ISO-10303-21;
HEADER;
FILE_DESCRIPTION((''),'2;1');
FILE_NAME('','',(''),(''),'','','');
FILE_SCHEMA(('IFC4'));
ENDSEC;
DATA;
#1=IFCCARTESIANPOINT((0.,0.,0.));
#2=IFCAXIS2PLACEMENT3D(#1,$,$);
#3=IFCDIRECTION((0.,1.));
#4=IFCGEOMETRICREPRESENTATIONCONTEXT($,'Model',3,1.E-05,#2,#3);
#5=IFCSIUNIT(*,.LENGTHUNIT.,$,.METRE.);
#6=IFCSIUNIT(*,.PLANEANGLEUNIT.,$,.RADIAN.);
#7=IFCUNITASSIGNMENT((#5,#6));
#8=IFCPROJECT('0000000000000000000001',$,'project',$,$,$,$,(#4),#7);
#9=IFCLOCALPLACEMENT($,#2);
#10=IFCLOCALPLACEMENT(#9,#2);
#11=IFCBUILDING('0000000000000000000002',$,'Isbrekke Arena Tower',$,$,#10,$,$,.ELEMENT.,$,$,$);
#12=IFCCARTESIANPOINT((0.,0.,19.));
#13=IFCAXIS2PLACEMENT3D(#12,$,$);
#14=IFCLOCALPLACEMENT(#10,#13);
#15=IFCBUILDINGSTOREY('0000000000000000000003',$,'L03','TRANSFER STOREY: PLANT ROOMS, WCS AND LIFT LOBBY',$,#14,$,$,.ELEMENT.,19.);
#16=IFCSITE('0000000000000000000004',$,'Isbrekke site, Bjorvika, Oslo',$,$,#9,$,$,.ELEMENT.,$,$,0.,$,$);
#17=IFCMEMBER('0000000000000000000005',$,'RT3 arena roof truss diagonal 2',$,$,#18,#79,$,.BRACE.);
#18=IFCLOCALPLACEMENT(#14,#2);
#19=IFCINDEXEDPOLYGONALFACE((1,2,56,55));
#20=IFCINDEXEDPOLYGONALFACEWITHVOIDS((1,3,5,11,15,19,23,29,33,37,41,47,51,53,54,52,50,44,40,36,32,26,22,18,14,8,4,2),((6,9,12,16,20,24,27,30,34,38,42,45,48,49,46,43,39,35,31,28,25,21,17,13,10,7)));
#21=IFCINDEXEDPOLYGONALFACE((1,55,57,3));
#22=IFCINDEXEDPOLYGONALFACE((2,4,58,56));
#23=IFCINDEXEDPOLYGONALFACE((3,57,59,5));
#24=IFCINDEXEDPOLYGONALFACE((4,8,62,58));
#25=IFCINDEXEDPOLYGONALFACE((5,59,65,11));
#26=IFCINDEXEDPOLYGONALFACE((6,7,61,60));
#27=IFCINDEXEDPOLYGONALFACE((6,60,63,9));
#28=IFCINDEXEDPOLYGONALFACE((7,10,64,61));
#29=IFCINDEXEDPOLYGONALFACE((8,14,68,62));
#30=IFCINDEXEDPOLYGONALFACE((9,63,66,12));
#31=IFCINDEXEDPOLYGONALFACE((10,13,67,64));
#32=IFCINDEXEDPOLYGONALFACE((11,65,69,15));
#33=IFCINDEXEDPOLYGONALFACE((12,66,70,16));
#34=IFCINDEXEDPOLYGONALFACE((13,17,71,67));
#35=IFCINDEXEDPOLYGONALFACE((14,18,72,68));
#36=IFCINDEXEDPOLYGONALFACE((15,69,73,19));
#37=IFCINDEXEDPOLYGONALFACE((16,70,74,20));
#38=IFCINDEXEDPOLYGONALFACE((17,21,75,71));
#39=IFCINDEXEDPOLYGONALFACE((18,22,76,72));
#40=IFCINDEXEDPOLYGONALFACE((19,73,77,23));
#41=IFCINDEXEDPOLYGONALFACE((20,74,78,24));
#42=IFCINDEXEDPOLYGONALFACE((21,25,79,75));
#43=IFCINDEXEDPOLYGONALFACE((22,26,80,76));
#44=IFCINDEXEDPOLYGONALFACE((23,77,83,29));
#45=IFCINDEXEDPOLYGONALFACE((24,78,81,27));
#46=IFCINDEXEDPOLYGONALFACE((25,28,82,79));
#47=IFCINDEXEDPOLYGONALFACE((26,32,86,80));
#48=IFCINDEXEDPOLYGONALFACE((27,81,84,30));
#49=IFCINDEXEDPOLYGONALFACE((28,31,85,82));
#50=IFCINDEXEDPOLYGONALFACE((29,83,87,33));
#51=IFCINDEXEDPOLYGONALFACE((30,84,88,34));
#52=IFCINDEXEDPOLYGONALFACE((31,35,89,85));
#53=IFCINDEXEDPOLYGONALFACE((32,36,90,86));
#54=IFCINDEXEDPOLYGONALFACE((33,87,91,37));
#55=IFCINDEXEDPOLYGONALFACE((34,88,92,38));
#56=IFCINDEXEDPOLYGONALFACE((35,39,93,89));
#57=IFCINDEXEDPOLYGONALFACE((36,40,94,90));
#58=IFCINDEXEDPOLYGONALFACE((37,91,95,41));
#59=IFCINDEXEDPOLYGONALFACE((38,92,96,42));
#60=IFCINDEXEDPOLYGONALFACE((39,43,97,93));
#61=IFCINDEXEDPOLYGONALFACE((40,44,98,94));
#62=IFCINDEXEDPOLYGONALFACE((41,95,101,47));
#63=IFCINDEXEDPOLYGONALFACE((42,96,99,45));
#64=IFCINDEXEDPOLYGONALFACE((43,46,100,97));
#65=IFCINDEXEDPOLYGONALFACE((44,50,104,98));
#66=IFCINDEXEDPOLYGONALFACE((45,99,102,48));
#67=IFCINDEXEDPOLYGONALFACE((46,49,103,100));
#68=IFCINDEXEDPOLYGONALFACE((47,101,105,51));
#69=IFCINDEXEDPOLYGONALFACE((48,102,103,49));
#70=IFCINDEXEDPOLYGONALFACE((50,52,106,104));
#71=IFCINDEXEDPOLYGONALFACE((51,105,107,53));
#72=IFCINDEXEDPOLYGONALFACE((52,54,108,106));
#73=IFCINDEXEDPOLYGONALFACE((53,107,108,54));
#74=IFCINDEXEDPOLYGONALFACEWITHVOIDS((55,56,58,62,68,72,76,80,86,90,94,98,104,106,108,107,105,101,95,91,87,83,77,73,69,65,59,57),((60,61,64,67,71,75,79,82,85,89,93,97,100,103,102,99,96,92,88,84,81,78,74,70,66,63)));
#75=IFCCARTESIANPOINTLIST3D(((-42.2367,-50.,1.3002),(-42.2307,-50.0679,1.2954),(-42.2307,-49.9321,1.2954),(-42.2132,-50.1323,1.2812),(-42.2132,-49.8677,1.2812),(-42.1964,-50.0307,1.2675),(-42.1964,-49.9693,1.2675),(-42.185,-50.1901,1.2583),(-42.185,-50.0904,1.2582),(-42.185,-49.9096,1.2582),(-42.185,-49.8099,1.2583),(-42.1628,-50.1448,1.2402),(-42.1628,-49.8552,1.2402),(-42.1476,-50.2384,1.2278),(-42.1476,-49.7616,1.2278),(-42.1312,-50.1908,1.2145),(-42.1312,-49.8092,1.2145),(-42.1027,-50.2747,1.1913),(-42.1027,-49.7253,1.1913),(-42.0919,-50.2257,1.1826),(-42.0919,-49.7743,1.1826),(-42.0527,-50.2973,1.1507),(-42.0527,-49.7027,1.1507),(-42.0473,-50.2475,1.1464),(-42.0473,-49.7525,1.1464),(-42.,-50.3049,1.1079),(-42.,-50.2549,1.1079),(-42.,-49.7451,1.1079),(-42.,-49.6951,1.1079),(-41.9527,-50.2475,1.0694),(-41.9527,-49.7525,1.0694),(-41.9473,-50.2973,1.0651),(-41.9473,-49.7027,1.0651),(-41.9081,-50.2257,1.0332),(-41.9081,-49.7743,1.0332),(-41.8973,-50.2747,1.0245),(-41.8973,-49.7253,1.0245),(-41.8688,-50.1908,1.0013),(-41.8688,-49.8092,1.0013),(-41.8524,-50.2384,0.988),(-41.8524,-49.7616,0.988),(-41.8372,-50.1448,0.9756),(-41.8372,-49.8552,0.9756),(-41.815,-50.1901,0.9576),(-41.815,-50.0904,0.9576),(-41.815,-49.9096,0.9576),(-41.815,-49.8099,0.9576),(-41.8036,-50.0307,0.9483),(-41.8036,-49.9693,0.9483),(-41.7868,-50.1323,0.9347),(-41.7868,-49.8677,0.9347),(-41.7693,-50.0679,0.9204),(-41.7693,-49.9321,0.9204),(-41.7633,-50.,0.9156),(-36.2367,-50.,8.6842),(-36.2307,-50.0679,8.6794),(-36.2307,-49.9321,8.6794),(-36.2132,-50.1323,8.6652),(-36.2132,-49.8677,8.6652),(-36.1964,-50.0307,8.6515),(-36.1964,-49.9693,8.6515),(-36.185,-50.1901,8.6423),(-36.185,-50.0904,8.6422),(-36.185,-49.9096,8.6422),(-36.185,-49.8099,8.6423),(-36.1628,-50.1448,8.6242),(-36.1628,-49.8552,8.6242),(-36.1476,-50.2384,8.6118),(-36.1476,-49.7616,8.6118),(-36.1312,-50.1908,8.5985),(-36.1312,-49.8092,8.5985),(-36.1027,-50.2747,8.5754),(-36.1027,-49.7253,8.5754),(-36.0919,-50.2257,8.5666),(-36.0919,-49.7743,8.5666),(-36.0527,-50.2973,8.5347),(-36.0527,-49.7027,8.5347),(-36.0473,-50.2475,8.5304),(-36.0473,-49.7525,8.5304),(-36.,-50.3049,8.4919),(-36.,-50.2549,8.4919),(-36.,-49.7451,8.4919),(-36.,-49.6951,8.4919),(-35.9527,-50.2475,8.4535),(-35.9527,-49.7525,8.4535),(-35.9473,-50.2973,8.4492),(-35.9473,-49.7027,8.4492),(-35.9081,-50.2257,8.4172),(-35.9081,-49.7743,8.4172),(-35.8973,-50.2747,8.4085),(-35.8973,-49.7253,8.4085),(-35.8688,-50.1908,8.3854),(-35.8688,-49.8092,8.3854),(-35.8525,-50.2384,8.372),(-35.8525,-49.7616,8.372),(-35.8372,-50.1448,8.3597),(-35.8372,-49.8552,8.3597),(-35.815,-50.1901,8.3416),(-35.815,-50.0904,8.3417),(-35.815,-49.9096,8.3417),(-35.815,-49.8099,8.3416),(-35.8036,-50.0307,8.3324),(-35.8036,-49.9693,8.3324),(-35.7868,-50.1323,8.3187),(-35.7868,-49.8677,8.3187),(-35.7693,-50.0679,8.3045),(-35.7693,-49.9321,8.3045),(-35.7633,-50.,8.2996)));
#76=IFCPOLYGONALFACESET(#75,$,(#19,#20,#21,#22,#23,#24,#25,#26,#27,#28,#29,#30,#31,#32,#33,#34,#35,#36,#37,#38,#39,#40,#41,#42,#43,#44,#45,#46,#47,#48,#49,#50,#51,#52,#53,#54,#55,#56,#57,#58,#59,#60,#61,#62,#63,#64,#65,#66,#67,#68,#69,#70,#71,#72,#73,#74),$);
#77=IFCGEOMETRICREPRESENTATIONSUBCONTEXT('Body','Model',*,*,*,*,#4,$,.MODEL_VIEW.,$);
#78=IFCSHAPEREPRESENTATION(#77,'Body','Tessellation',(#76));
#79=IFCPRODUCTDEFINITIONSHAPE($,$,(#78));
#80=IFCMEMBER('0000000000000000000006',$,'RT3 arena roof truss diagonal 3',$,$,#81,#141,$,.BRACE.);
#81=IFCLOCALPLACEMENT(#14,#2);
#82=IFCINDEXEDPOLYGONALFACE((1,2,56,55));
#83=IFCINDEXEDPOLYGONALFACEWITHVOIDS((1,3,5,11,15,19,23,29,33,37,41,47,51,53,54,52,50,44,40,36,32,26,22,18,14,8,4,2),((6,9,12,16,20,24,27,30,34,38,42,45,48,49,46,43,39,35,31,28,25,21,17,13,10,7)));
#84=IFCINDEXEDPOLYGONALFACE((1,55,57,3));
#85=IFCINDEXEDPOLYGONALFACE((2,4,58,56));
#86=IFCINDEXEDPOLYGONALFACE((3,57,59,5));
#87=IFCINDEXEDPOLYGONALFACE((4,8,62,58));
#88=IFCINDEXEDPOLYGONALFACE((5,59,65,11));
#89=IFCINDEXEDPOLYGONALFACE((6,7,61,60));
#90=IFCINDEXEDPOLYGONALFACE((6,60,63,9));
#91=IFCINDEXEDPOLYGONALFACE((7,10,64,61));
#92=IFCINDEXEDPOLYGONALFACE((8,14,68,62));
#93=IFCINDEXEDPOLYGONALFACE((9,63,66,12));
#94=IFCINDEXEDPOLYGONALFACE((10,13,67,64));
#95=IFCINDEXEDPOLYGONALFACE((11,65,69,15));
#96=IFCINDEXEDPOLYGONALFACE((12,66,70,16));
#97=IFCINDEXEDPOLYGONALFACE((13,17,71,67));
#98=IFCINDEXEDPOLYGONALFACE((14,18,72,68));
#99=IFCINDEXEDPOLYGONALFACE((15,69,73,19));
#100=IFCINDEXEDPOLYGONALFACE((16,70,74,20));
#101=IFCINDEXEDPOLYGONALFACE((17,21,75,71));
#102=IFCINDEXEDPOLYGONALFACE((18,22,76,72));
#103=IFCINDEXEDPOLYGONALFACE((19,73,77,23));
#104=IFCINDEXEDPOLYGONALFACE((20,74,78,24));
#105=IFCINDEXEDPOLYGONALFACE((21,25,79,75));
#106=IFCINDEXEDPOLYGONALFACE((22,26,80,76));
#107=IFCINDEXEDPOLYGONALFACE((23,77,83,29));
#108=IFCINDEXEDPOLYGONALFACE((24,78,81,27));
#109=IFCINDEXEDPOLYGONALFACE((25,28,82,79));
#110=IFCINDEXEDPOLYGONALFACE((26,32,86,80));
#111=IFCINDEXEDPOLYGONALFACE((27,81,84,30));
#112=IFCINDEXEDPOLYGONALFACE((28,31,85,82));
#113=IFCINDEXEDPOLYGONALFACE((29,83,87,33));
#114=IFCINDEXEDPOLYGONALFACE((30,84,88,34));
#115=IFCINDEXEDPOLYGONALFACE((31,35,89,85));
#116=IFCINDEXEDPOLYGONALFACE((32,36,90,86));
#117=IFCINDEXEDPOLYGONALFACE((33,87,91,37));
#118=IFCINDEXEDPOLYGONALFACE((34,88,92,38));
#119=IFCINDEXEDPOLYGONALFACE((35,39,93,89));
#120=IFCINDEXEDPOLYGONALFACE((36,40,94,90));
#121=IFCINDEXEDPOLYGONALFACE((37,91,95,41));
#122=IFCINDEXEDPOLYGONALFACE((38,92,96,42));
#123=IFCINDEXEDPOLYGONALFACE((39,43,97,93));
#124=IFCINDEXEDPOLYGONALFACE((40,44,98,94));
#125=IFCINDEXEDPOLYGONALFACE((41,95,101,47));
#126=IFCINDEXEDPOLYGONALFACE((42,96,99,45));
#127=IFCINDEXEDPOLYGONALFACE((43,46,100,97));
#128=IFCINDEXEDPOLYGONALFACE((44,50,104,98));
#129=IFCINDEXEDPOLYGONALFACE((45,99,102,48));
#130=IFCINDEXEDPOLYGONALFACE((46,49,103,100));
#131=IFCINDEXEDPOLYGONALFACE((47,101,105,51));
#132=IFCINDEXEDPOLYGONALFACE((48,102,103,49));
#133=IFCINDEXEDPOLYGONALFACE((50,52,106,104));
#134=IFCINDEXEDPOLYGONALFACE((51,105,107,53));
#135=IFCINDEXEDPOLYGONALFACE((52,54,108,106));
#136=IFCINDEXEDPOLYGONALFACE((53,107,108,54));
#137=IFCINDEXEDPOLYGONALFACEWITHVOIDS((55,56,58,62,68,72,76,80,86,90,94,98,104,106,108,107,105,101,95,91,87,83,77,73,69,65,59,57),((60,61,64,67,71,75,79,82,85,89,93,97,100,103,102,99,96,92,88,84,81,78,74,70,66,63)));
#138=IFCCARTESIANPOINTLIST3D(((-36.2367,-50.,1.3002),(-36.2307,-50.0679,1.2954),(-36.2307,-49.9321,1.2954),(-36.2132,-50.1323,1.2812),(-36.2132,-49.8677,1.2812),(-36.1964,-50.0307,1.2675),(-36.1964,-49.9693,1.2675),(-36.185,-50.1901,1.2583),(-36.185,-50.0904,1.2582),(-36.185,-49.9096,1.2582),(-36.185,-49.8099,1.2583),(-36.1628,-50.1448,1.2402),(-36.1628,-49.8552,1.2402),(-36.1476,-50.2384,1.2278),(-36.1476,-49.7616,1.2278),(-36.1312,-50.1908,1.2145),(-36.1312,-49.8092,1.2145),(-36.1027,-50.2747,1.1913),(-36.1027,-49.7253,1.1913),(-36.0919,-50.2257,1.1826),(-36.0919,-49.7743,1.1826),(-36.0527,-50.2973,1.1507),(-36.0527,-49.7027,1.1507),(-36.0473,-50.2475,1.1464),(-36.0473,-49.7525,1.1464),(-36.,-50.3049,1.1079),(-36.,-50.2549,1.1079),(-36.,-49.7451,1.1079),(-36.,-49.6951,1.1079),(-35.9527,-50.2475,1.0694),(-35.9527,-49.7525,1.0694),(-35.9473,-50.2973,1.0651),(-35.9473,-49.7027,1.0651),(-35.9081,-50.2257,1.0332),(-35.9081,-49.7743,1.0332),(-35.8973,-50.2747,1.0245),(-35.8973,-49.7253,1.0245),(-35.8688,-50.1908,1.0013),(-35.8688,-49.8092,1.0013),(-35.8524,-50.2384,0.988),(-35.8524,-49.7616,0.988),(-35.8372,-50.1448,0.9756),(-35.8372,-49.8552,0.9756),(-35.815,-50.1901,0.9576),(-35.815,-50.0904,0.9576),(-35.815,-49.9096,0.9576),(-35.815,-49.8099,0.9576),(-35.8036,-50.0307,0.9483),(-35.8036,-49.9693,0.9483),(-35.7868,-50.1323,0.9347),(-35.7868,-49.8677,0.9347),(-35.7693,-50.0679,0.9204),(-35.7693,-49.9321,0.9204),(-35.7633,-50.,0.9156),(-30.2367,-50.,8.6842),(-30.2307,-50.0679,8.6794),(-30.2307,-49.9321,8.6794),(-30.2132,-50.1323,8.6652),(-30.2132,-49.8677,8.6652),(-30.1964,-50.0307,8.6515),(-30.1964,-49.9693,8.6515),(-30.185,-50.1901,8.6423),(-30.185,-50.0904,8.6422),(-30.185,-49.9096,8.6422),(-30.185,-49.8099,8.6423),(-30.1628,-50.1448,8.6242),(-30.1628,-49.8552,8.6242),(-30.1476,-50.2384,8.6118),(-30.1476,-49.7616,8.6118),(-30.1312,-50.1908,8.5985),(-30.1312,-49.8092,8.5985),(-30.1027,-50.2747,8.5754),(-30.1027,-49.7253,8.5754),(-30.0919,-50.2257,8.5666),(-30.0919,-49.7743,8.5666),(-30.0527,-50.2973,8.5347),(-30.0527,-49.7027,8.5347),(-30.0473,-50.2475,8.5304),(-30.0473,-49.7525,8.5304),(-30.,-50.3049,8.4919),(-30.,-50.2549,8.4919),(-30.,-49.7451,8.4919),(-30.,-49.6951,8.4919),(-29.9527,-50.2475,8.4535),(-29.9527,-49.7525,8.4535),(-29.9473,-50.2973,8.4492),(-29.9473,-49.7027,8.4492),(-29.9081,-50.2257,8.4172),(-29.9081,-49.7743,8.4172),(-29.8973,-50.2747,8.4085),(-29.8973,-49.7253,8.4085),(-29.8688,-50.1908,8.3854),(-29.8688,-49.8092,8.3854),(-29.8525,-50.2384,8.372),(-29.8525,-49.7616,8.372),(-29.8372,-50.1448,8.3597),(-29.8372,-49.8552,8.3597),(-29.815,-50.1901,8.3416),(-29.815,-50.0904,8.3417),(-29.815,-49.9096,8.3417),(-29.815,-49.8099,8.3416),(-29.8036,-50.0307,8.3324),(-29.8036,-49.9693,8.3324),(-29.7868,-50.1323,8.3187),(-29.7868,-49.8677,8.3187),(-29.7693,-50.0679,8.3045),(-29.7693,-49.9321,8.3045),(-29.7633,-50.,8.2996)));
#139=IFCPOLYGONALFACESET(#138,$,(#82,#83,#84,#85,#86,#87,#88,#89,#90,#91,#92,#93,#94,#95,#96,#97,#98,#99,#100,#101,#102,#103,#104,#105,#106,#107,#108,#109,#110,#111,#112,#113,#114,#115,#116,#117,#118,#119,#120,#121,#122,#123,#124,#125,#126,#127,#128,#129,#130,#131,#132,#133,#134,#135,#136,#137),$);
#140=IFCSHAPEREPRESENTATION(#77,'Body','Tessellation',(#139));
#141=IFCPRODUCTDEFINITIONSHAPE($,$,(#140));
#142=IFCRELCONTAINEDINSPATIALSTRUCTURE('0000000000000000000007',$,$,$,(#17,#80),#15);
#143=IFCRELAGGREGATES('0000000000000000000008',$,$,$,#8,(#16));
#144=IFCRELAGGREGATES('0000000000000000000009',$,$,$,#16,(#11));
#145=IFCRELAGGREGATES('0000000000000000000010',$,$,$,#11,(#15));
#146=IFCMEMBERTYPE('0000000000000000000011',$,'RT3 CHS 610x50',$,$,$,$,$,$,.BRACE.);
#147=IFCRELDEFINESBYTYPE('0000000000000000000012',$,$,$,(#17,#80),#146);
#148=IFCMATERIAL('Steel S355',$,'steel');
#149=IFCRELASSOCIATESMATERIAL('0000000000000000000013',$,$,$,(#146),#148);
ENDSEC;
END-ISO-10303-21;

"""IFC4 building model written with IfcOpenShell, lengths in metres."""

from ifc_helpers import new_model, si_unit, direction, frame, origin, origin_2d, place, context, subcontext, project, spatial, hollow_circle, extrude, material, material_profile, profile_set, type_object, element, save


model = new_model("IFC4")

# Units and contexts
model_context = context("Model", 3, precision=1e-05, world=origin(), true_north=direction((0.0, 1.0)))
body_context = subcontext(model_context, "Body", "Model", "MODEL_VIEW")
ifc_project = project(units=[si_unit("LENGTHUNIT", "METRE"), si_unit("PLANEANGLEUNIT", "RADIAN")], contexts=[model_context])

# Site, building, storey
site_placement = place(None, origin())
site = spatial("IfcSite", under=ifc_project, at=site_placement, Name="Isbrekke site, Bjorvika, Oslo", CompositionType="ELEMENT", RefElevation=0.0)
building_placement = place(site_placement, origin())
building = spatial("IfcBuilding", under=site, at=building_placement, Name="Isbrekke Arena Tower", CompositionType="ELEMENT")
storey_placement = place(building_placement, frame((0.0, 0.0, 19.0)))
storey = spatial("IfcBuildingStorey", under=building, at=storey_placement, Name="L03", Description="TRANSFER STOREY: PLANT ROOMS, WCS AND LIFT LOBBY", CompositionType="ELEMENT", Elevation=19.0)

# Members
ifc_material_1 = material(Name="Steel S355", Category="steel")
ifc_material_profile_1 = material_profile(ifc_material_1, hollow_circle(Radius=0.3049, WallThickness=0.05, at=origin_2d()), Name="CHS 610x50")
ifc_profile_set_1 = profile_set([ifc_material_profile_1], Name="Steel S355")
member_type_1 = type_object("IfcMemberType", Name="RT3 CHS 610x50", PredefinedType="BRACE", material=ifc_profile_set_1)
for number, where, z_axis, x_axis, name in (
    (1, (-42.0, -50.0, 1.1079), (0.630623, 0.0, 0.77609), (0.0, 1.0, 0.0), "RT3 arena roof truss diagonal 2"),
    (2, (-36.0, -50.0, 1.1079), (0.630623, 0.0, 0.77609), (0.0, 1.0, 0.0), "RT3 arena roof truss diagonal 3"),
):
    element("IfcMember", number, at=place(storey_placement, frame(where, z_axis=z_axis, x_axis=x_axis)), inside=storey, type_object=member_type_1, Name=name, PredefinedType="BRACE", context=body_context, shape_type="SweptSolid", body=[
        extrude(hollow_circle(Radius=0.3049, WallThickness=0.05, at=origin_2d()), origin(), (0.0, 0.0, 1.0), 9.5144),
    ])

save(model, "model.ifc")
